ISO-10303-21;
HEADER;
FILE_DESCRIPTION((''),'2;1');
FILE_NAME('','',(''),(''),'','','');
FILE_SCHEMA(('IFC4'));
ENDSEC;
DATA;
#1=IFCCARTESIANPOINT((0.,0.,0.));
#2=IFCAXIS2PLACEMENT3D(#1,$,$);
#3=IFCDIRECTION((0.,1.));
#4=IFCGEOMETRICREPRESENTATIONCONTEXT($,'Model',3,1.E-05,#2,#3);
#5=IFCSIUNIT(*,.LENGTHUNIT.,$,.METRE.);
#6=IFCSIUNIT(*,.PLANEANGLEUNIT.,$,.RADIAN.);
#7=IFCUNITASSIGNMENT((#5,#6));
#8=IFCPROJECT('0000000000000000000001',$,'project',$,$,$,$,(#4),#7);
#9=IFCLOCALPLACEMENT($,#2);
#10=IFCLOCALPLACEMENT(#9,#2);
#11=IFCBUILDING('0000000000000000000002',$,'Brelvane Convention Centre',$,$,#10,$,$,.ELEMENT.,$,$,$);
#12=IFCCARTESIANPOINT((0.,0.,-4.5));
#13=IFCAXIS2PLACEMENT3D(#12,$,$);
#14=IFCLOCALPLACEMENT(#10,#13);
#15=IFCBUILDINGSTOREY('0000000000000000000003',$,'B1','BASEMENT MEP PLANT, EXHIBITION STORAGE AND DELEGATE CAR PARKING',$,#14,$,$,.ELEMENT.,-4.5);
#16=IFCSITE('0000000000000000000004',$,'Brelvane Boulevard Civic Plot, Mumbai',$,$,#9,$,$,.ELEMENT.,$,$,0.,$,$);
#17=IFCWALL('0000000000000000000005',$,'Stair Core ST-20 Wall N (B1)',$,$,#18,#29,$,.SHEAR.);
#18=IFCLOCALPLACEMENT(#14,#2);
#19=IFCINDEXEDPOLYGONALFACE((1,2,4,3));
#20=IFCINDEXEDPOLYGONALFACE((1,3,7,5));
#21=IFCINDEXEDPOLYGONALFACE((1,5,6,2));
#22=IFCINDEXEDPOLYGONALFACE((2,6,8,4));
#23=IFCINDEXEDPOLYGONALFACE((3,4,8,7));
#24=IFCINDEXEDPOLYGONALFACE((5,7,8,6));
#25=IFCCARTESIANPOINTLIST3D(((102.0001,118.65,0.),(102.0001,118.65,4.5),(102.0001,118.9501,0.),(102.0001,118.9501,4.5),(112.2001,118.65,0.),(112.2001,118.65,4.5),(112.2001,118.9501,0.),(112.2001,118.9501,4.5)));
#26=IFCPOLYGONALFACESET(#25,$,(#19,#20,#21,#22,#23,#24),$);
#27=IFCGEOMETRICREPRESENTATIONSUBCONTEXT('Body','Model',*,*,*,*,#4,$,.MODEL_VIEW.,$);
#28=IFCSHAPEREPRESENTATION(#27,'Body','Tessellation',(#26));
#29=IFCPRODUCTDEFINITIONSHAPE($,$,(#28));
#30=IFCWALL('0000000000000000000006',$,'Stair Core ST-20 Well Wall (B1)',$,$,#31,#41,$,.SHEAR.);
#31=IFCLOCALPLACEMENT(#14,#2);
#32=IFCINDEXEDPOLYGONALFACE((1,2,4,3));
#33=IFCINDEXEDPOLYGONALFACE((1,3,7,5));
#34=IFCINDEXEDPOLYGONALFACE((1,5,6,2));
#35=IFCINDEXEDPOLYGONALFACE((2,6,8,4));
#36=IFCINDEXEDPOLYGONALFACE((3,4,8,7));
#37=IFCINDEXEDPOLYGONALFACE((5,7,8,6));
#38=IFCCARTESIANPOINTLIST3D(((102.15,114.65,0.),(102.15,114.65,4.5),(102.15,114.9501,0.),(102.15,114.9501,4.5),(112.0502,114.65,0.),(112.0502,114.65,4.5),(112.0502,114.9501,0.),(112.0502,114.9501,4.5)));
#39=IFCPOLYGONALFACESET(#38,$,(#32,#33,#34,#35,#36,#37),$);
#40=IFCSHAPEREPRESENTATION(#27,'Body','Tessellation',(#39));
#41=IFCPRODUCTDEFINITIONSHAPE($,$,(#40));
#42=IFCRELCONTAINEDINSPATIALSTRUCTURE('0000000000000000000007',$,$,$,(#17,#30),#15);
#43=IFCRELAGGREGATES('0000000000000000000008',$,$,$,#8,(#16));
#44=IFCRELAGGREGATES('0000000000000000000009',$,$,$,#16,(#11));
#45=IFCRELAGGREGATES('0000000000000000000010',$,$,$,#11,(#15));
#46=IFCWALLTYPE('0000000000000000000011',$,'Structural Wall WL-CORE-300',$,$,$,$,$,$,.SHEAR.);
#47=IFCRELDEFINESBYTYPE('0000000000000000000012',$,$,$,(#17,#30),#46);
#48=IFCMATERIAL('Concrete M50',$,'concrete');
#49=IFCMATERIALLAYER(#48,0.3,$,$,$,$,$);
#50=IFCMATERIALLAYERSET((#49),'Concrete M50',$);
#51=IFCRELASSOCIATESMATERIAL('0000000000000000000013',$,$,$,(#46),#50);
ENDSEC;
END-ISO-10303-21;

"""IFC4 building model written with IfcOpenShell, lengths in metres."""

from ifc_helpers import new_model, si_unit, direction, frame, frame_2d, origin, place, context, subcontext, project, spatial, rectangle, extrude, material, layer, layer_set, type_object, element, save


model = new_model("IFC4")

# Units and contexts
model_context = context("Model", 3, precision=1e-05, world=origin(), true_north=direction((0.0, 1.0)))
body_context = subcontext(model_context, "Body", "Model", "MODEL_VIEW")
ifc_project = project(units=[si_unit("LENGTHUNIT", "METRE"), si_unit("PLANEANGLEUNIT", "RADIAN")], contexts=[model_context])

# Site, building, storey
site_placement = place(None, origin())
site = spatial("IfcSite", under=ifc_project, at=site_placement, Name="Brelvane Boulevard Civic Plot, Mumbai", CompositionType="ELEMENT", RefElevation=0.0)
building_placement = place(site_placement, origin())
building = spatial("IfcBuilding", under=site, at=building_placement, Name="Brelvane Convention Centre", CompositionType="ELEMENT")
storey_placement = place(building_placement, frame((0.0, 0.0, -4.5)))
storey = spatial("IfcBuildingStorey", under=building, at=storey_placement, Name="B1", Description="BASEMENT MEP PLANT, EXHIBITION STORAGE AND DELEGATE CAR PARKING", CompositionType="ELEMENT", Elevation=-4.5)

# Walls
ifc_material_1 = material(Name="Concrete M50", Category="concrete")
ifc_layer = layer(ifc_material_1, 0.3)
ifc_layer_set = layer_set([ifc_layer], Name="Concrete M50")
wall_type = type_object("IfcWallType", Name="Structural Wall WL-CORE-300", PredefinedType="SHEAR", material=ifc_layer_set)
wall_1_placement = place(storey_placement, frame((102.0, 118.8, 0.0), z_axis=(0.0, 0.0, 1.0), x_axis=(1.0, 0.0, 0.0)))
element("IfcWall", 1, at=wall_1_placement, inside=storey, type_object=wall_type, Name="Stair Core ST-20 Wall N (B1)", PredefinedType="SHEAR", context=body_context, shape_type="SweptSolid", body=[
    extrude(rectangle(XDim=10.2, YDim=0.3, at=frame_2d((5.1001, 0.0))), origin(), (0.0, 0.0, 1.0), 4.5),
])
wall_2_placement = place(storey_placement, frame((102.1499, 114.8, 0.0), z_axis=(0.0, 0.0, 1.0), x_axis=(1.0, 0.0, 0.0)))
element("IfcWall", 2, at=wall_2_placement, inside=storey, type_object=wall_type, Name="Stair Core ST-20 Well Wall (B1)", PredefinedType="SHEAR", context=body_context, shape_type="SweptSolid", body=[
    extrude(rectangle(XDim=9.9001, YDim=0.3, at=frame_2d((4.9502, 0.0))), origin(), (0.0, 0.0, 1.0), 4.5),
])

save(model, "model.ifc")
